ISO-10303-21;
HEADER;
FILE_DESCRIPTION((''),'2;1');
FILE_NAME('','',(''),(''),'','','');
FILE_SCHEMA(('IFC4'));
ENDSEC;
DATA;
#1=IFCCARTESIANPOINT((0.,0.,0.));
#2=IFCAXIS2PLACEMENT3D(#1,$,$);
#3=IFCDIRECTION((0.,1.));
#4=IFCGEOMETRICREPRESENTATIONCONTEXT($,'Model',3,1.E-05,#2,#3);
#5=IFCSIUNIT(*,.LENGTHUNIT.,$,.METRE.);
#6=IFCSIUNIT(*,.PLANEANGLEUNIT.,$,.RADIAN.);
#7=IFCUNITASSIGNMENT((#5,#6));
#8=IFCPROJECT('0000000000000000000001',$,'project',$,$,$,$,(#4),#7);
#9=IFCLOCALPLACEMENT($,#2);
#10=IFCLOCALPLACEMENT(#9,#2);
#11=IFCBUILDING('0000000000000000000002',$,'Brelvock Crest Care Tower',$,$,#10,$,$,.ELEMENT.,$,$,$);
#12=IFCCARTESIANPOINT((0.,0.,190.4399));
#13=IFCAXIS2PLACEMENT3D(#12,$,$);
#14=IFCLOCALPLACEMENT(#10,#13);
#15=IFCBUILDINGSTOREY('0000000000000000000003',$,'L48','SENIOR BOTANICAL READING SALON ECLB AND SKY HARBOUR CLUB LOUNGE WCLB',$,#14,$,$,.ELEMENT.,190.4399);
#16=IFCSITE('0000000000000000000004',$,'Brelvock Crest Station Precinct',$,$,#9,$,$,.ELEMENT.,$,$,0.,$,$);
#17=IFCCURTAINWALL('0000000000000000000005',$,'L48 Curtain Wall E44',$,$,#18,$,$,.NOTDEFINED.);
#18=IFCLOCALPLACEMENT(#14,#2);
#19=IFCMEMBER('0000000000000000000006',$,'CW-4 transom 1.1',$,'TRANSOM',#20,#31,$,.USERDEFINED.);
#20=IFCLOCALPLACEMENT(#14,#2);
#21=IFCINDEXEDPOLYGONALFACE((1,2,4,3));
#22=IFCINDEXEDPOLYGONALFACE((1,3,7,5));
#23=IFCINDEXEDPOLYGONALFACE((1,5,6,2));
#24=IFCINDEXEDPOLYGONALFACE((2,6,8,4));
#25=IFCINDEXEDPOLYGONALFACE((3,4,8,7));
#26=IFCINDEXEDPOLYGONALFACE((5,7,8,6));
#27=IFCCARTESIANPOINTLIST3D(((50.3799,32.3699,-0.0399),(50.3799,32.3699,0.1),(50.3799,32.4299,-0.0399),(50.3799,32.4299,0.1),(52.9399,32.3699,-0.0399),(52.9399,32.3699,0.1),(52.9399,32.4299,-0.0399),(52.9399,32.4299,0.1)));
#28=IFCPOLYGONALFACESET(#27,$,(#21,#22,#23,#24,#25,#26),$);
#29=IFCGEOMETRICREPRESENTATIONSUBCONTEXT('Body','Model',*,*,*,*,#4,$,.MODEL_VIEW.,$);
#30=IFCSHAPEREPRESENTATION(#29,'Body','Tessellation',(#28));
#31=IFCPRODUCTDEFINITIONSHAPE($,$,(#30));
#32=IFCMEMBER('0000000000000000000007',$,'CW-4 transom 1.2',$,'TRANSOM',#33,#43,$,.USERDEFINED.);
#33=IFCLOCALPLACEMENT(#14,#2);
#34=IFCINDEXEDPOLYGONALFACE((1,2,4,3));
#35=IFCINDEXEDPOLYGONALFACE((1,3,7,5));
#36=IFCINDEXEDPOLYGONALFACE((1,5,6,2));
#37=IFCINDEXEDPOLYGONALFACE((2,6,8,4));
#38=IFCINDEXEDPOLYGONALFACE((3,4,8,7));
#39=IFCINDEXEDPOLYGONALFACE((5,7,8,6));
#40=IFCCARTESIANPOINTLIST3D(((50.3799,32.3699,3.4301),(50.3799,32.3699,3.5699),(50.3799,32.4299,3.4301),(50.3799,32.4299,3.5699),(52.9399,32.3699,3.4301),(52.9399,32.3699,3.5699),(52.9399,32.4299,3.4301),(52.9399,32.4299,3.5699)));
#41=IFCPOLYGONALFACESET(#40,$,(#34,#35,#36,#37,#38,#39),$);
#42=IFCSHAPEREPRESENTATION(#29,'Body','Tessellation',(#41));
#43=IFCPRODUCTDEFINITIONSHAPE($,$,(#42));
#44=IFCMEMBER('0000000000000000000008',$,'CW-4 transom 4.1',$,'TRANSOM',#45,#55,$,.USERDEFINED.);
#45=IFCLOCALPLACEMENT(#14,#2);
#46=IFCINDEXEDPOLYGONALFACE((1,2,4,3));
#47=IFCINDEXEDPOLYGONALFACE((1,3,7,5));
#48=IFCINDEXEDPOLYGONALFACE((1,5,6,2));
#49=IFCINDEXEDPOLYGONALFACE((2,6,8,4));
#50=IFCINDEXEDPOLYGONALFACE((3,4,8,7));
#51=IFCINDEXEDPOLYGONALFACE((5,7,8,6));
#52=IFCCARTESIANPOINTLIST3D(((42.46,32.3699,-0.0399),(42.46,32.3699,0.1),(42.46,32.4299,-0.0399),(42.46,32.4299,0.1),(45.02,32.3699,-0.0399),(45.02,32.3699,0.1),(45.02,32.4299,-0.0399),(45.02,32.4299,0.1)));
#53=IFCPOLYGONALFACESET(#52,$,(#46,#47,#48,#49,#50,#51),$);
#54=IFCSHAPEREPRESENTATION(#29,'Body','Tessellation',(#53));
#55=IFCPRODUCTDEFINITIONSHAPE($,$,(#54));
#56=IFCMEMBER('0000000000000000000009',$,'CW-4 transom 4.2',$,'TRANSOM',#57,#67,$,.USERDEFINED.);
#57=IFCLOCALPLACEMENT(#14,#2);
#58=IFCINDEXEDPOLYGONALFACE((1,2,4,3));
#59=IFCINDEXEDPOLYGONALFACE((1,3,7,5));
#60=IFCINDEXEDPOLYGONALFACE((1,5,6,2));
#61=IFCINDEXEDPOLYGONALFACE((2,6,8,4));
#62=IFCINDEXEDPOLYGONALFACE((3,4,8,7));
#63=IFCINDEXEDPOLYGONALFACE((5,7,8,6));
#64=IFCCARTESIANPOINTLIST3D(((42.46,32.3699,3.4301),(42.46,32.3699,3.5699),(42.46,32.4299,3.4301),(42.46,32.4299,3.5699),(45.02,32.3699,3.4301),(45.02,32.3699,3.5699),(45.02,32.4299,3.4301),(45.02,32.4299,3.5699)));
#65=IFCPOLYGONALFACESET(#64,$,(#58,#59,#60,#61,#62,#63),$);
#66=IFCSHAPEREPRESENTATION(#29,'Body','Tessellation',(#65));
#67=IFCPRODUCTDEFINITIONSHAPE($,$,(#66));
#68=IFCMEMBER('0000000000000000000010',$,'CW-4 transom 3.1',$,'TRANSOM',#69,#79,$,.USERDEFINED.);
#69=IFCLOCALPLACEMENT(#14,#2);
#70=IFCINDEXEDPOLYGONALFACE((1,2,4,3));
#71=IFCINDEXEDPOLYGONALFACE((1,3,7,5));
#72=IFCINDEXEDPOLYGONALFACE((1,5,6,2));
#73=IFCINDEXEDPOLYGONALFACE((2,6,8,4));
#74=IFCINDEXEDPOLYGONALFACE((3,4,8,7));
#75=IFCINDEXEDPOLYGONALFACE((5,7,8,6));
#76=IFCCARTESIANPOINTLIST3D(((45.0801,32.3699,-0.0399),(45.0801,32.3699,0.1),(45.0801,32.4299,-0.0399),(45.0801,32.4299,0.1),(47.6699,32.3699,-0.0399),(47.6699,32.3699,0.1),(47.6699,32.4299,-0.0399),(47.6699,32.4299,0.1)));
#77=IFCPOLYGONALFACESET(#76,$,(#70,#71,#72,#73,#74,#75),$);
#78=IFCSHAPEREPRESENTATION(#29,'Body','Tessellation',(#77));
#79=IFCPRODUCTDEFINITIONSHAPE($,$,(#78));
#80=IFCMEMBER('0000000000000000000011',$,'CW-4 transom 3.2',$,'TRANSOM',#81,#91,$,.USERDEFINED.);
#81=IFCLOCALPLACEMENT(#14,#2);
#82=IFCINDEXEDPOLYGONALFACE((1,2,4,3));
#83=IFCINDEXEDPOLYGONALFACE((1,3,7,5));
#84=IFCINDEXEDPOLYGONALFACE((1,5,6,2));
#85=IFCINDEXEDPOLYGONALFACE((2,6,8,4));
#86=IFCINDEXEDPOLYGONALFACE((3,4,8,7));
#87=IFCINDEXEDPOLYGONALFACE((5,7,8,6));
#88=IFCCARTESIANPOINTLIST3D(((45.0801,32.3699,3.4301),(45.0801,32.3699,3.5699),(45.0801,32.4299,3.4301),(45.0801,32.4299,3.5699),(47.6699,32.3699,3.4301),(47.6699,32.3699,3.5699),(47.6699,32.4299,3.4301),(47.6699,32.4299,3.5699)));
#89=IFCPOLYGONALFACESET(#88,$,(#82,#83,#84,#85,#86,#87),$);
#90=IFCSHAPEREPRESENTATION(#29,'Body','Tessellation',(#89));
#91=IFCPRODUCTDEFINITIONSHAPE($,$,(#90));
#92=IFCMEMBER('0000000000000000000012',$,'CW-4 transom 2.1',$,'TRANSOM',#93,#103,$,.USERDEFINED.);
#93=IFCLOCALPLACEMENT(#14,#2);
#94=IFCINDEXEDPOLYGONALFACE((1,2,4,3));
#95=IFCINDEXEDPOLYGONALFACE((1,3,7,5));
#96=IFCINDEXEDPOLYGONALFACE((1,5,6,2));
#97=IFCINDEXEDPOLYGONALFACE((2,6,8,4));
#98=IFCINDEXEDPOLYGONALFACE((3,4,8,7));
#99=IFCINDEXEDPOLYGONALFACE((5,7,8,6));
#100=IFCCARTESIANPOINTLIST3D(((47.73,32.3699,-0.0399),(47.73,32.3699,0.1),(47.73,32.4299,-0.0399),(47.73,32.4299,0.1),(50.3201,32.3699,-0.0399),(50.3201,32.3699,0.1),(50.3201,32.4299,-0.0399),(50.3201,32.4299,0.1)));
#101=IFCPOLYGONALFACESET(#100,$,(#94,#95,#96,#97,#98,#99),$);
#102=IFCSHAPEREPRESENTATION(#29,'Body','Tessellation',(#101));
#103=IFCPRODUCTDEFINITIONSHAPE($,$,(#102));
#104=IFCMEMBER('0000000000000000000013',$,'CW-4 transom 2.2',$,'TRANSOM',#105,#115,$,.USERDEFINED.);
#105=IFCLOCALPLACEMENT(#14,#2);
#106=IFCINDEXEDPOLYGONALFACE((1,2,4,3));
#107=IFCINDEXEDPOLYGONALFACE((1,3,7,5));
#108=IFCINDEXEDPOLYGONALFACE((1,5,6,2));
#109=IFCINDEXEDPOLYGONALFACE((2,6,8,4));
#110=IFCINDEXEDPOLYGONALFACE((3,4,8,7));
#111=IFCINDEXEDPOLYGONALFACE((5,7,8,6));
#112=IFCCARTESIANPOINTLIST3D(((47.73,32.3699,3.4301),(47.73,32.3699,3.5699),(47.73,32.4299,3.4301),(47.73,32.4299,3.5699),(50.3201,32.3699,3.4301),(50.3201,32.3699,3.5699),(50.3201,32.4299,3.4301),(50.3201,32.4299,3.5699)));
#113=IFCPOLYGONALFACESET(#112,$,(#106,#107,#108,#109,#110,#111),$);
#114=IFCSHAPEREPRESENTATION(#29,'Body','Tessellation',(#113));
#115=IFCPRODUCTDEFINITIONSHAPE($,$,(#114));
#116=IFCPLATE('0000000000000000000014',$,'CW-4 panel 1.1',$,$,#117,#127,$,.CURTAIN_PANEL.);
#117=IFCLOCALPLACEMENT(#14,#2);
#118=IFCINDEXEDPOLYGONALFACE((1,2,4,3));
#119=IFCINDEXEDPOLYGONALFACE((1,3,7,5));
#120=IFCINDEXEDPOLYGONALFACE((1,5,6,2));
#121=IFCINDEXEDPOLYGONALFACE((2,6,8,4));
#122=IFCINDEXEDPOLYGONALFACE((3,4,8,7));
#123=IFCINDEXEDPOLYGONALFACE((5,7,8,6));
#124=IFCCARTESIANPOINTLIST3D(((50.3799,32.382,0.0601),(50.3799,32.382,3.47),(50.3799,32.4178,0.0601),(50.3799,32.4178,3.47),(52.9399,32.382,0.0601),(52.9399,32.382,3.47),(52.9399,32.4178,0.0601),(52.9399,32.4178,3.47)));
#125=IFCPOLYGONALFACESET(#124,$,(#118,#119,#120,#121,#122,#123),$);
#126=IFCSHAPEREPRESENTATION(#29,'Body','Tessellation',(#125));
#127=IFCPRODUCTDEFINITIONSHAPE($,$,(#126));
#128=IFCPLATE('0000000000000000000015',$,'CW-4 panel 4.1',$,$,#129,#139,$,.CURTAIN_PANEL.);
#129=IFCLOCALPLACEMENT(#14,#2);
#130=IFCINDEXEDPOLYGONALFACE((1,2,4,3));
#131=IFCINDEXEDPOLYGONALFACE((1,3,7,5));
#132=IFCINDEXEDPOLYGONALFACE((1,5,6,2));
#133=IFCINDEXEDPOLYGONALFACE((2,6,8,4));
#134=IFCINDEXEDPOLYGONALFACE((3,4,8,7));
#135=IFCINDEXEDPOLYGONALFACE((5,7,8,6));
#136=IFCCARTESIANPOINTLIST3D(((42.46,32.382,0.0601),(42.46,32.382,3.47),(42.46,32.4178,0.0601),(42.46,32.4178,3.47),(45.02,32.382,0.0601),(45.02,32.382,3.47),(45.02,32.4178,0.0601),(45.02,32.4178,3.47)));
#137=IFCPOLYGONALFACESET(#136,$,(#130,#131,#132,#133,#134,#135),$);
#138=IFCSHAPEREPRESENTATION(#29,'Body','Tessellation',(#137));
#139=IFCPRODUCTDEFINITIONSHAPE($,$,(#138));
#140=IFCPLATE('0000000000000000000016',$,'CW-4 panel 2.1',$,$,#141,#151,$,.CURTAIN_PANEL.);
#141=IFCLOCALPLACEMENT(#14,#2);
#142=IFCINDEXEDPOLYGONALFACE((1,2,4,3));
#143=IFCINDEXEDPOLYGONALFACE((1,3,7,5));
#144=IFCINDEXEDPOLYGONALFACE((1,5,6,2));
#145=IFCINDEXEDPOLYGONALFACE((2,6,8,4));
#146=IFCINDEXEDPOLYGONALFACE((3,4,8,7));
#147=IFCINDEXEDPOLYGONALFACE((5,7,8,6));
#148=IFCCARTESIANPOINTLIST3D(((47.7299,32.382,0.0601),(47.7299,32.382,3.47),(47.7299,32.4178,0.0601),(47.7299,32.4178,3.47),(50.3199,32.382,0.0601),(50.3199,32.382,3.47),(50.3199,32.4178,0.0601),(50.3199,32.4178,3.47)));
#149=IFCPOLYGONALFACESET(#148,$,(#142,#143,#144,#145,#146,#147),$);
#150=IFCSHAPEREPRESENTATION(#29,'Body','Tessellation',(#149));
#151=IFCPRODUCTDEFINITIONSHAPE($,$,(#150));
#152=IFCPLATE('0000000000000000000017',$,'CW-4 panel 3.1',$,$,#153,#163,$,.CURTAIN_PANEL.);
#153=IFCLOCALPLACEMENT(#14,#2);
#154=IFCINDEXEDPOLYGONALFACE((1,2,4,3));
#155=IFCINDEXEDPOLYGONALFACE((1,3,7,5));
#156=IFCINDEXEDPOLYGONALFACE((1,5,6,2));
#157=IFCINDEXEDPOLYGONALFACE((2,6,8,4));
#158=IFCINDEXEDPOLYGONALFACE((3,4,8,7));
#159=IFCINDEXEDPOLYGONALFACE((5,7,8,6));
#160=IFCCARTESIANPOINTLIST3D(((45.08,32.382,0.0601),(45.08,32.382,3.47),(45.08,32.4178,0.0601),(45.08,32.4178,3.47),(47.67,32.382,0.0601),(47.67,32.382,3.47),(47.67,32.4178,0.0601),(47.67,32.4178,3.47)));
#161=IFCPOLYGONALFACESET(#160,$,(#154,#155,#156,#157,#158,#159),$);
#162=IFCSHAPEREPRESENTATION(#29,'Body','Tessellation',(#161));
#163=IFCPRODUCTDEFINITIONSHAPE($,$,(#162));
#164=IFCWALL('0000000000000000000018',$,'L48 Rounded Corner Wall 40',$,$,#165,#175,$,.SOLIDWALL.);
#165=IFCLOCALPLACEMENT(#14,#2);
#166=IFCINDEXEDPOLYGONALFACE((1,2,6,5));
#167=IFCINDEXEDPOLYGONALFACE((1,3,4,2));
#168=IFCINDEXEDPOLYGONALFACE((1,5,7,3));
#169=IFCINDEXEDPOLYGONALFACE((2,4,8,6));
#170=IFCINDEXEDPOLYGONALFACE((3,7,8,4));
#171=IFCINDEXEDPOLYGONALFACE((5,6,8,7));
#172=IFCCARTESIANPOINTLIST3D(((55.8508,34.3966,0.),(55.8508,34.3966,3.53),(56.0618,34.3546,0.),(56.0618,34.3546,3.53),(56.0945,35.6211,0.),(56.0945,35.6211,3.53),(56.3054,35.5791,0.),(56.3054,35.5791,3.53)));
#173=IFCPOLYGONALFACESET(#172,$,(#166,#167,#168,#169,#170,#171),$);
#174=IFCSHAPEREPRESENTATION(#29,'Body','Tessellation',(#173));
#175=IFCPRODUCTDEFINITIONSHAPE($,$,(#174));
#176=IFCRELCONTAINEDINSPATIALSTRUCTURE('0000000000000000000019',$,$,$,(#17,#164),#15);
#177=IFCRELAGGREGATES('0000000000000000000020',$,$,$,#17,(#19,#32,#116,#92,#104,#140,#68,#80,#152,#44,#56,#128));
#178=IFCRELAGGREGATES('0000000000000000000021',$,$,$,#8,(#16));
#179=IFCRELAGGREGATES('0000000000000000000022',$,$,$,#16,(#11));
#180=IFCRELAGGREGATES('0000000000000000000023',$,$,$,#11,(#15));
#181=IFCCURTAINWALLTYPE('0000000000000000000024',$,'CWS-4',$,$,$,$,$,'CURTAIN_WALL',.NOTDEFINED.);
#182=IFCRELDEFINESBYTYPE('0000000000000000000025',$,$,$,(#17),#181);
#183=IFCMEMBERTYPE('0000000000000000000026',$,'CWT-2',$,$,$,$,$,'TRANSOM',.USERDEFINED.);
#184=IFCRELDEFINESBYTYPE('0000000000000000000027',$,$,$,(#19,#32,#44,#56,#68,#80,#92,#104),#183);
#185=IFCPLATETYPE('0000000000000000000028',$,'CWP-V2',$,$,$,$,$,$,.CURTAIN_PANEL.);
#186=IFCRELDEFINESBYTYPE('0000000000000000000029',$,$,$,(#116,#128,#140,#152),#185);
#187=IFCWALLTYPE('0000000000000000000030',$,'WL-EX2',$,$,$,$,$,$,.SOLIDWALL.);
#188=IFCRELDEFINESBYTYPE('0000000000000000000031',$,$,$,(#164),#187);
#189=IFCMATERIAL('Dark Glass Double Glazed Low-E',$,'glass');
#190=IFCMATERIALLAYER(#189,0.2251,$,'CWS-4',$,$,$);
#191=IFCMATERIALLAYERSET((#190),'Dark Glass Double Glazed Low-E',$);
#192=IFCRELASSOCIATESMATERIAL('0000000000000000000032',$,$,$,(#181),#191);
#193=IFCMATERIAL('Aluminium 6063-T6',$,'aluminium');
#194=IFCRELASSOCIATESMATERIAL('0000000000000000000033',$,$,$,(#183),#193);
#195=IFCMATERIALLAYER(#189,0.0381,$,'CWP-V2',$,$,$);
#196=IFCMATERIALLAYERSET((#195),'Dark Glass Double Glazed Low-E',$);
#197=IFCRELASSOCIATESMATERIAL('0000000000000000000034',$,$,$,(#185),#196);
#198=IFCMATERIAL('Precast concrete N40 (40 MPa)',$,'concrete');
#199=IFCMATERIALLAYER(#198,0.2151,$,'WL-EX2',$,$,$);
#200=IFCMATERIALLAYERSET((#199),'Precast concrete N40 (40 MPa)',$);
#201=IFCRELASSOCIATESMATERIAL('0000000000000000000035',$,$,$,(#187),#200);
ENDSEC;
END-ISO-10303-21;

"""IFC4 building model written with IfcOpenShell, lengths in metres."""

from ifc_helpers import new_model, si_unit, direction, frame, frame_2d, origin, origin_2d, place, context, subcontext, project, spatial, rectangle, extrude, source, transform, mapped, material, layer, layer_set, material_profile, profile_set, type_object, element, aggregate, save


model = new_model("IFC4")

# Units and contexts
model_context = context("Model", 3, precision=1e-05, world=origin(), true_north=direction((0.0, 1.0)))
body_context = subcontext(model_context, "Body", "Model", "MODEL_VIEW")
ifc_project = project(units=[si_unit("LENGTHUNIT", "METRE"), si_unit("PLANEANGLEUNIT", "RADIAN")], contexts=[model_context])

# Site, building, storey
site_placement = place(None, origin())
site = spatial("IfcSite", under=ifc_project, at=site_placement, Name="Brelvock Crest Station Precinct", CompositionType="ELEMENT", RefElevation=0.0)
building_placement = place(site_placement, origin())
building = spatial("IfcBuilding", under=site, at=building_placement, Name="Brelvock Crest Care Tower", CompositionType="ELEMENT")
storey_placement = place(building_placement, frame((0.0, 0.0, 190.4399)))
storey = spatial("IfcBuildingStorey", under=building, at=storey_placement, Name="L48", Description="SENIOR BOTANICAL READING SALON ECLB AND SKY HARBOUR CLUB LOUNGE WCLB", CompositionType="ELEMENT", Elevation=190.4399)

# Shared definitions
ifc_material_1 = material(Name="Dark Glass Double Glazed Low-E", Category="glass")
ifc_layer_1 = layer(ifc_material_1, 0.2251, Name="CWS-4")
ifc_layer_set_1 = layer_set([ifc_layer_1], Name="Dark Glass Double Glazed Low-E")
curtain_wall_type = type_object("IfcCurtainWallType", Name="CWS-4", ElementType="CURTAIN_WALL", PredefinedType="NOTDEFINED", material=ifc_layer_set_1)
ifc_material_2 = material(Name="Aluminium 6063-T6", Category="aluminium")

# Curtain wall, members, plates
curtain_wall_1_placement = place(storey_placement, origin())
curtain_wall_1 = element("IfcCurtainWall", 1, at=curtain_wall_1_placement, inside=storey, type_object=curtain_wall_type, Name="L48 Curtain Wall E44", PredefinedType="NOTDEFINED")
ifc_material_profile_1 = material_profile(ifc_material_2, rectangle(XDim=0.0601, YDim=0.1399, at=origin_2d()), Name="ALU60x140")
ifc_profile_set_1 = profile_set([ifc_material_profile_1], Name="Aluminium 6063-T6")
member_type_1 = type_object("IfcMemberType", Name="CWT-2", ElementType="TRANSOM", PredefinedType="USERDEFINED", material=ifc_profile_set_1)
shared_shape_1 = source(origin(), body_context, "Body", "SweptSolid", [
    extrude(rectangle(XDim=0.0601, YDim=0.1399, at=origin_2d()), origin(), (0.0, 0.0, 1.0), 2.5601),
])
member_1_placement = place(storey_placement, frame((52.9399, 32.3999, 0.03), z_axis=(-1.0, 0.0, 0.0), x_axis=(0.0, -1.0, 0.0)))
member_1 = element("IfcMember", 2, at=member_1_placement, type_object=member_type_1, Name="CW-4 transom 1.1", ObjectType="TRANSOM", PredefinedType="USERDEFINED", context=body_context, shape_type="MappedRepresentation", body=[
    mapped(shared_shape_1, transform((0.0, 0.0, 0.0), x_axis=(1.0, 0.0, 0.0), y_axis=(0.0, 1.0, 0.0), z_axis=(0.0, 0.0, 1.0), scale=1.0)),
])
member_2_placement = place(storey_placement, frame((52.9399, 32.3999, 3.5), z_axis=(-1.0, 0.0, 0.0), x_axis=(0.0, -1.0, 0.0)))
member_2 = element("IfcMember", 3, at=member_2_placement, type_object=member_type_1, Name="CW-4 transom 1.2", ObjectType="TRANSOM", PredefinedType="USERDEFINED", context=body_context, shape_type="MappedRepresentation", body=[
    mapped(shared_shape_1, transform((0.0, 0.0, 0.0), x_axis=(1.0, 0.0, 0.0), y_axis=(0.0, 1.0, 0.0), z_axis=(0.0, 0.0, 1.0), scale=1.0)),
])
member_3_placement = place(storey_placement, frame((45.02, 32.3999, 0.03), z_axis=(-1.0, 0.0, 0.0), x_axis=(0.0, -1.0, 0.0)))
member_3 = element("IfcMember", 4, at=member_3_placement, type_object=member_type_1, Name="CW-4 transom 4.1", ObjectType="TRANSOM", PredefinedType="USERDEFINED", context=body_context, shape_type="MappedRepresentation", body=[
    mapped(shared_shape_1, transform((0.0, 0.0, 0.0), x_axis=(1.0, 0.0, 0.0), y_axis=(0.0, 1.0, 0.0), z_axis=(0.0, 0.0, 1.0), scale=1.0)),
])
member_4_placement = place(storey_placement, frame((45.02, 32.3999, 3.5), z_axis=(-1.0, 0.0, 0.0), x_axis=(0.0, -1.0, 0.0)))
member_4 = element("IfcMember", 5, at=member_4_placement, type_object=member_type_1, Name="CW-4 transom 4.2", ObjectType="TRANSOM", PredefinedType="USERDEFINED", context=body_context, shape_type="MappedRepresentation", body=[
    mapped(shared_shape_1, transform((0.0, 0.0, 0.0), x_axis=(1.0, 0.0, 0.0), y_axis=(0.0, 1.0, 0.0), z_axis=(0.0, 0.0, 1.0), scale=1.0)),
])
shared_shape_2 = source(origin(), body_context, "Body", "SweptSolid", [
    extrude(rectangle(XDim=0.0601, YDim=0.1399, at=origin_2d()), origin(), (0.0, 0.0, 1.0), 2.5898),
])
member_5_placement = place(storey_placement, frame((47.6699, 32.3999, 0.03), z_axis=(-1.0, 0.0, 0.0), x_axis=(0.0, -1.0, 0.0)))
member_5 = element("IfcMember", 6, at=member_5_placement, type_object=member_type_1, Name="CW-4 transom 3.1", ObjectType="TRANSOM", PredefinedType="USERDEFINED", context=body_context, shape_type="MappedRepresentation", body=[
    mapped(shared_shape_2, transform((0.0, 0.0, 0.0), x_axis=(1.0, 0.0, 0.0), y_axis=(0.0, 1.0, 0.0), z_axis=(0.0, 0.0, 1.0), scale=1.0)),
])
member_6_placement = place(storey_placement, frame((47.6699, 32.3999, 3.5), z_axis=(-1.0, 0.0, 0.0), x_axis=(0.0, -1.0, 0.0)))
member_6 = element("IfcMember", 7, at=member_6_placement, type_object=member_type_1, Name="CW-4 transom 3.2", ObjectType="TRANSOM", PredefinedType="USERDEFINED", context=body_context, shape_type="MappedRepresentation", body=[
    mapped(shared_shape_2, transform((0.0, 0.0, 0.0), x_axis=(1.0, 0.0, 0.0), y_axis=(0.0, 1.0, 0.0), z_axis=(0.0, 0.0, 1.0), scale=1.0)),
])
shared_shape_3 = source(origin(), body_context, "Body", "SweptSolid", [
    extrude(rectangle(XDim=0.0601, YDim=0.1399, at=origin_2d()), origin(), (0.0, 0.0, 1.0), 2.5901),
])
member_7_placement = place(storey_placement, frame((50.3201, 32.3999, 0.03), z_axis=(-1.0, 0.0, 0.0), x_axis=(0.0, -1.0, 0.0)))
member_7 = element("IfcMember", 8, at=member_7_placement, type_object=member_type_1, Name="CW-4 transom 2.1", ObjectType="TRANSOM", PredefinedType="USERDEFINED", context=body_context, shape_type="MappedRepresentation", body=[
    mapped(shared_shape_3, transform((0.0, 0.0, 0.0), x_axis=(1.0, 0.0, 0.0), y_axis=(0.0, 1.0, 0.0), z_axis=(0.0, 0.0, 1.0), scale=1.0)),
])
member_8_placement = place(storey_placement, frame((50.3201, 32.3999, 3.5), z_axis=(-1.0, 0.0, 0.0), x_axis=(0.0, -1.0, 0.0)))
member_8 = element("IfcMember", 9, at=member_8_placement, type_object=member_type_1, Name="CW-4 transom 2.2", ObjectType="TRANSOM", PredefinedType="USERDEFINED", context=body_context, shape_type="MappedRepresentation", body=[
    mapped(shared_shape_3, transform((0.0, 0.0, 0.0), x_axis=(1.0, 0.0, 0.0), y_axis=(0.0, 1.0, 0.0), z_axis=(0.0, 0.0, 1.0), scale=1.0)),
])
ifc_layer_2 = layer(ifc_material_1, 0.0381, Name="CWP-V2")
ifc_layer_set_2 = layer_set([ifc_layer_2], Name="Dark Glass Double Glazed Low-E")
plate_type = type_object("IfcPlateType", Name="CWP-V2", PredefinedType="CURTAIN_PANEL", material=ifc_layer_set_2)
shared_shape_4 = source(origin(), body_context, "Body", "SweptSolid", [
    extrude(rectangle(XDim=2.5601, YDim=0.0359, at=origin_2d()), origin(), (0.0, 0.0, 1.0), 3.4099),
])
plate_1_placement = place(storey_placement, frame((51.6599, 32.3999, 0.0601), z_axis=(0.0, 0.0, 1.0), x_axis=(-1.0, 0.0, 0.0)))
plate_1 = element("IfcPlate", 10, at=plate_1_placement, type_object=plate_type, Name="CW-4 panel 1.1", PredefinedType="CURTAIN_PANEL", context=body_context, shape_type="MappedRepresentation", body=[
    mapped(shared_shape_4, transform((0.0, 0.0, 0.0), x_axis=(1.0, 0.0, 0.0), y_axis=(0.0, 1.0, 0.0), z_axis=(0.0, 0.0, 1.0), scale=1.0)),
])
plate_2_placement = place(storey_placement, frame((43.74, 32.3999, 0.0601), z_axis=(0.0, 0.0, 1.0), x_axis=(-1.0, 0.0, 0.0)))
plate_2 = element("IfcPlate", 11, at=plate_2_placement, type_object=plate_type, Name="CW-4 panel 4.1", PredefinedType="CURTAIN_PANEL", context=body_context, shape_type="MappedRepresentation", body=[
    mapped(shared_shape_4, transform((0.0, 0.0, 0.0), x_axis=(1.0, 0.0, 0.0), y_axis=(0.0, 1.0, 0.0), z_axis=(0.0, 0.0, 1.0), scale=1.0)),
])
shared_shape_5 = source(origin(), body_context, "Body", "SweptSolid", [
    extrude(rectangle(XDim=2.5901, YDim=0.0359, at=origin_2d()), origin(), (0.0, 0.0, 1.0), 3.4099),
])
plate_3_placement = place(storey_placement, frame((49.0249, 32.3999, 0.0601), z_axis=(0.0, 0.0, 1.0), x_axis=(-1.0, 0.0, 0.0)))
plate_3 = element("IfcPlate", 12, at=plate_3_placement, type_object=plate_type, Name="CW-4 panel 2.1", PredefinedType="CURTAIN_PANEL", context=body_context, shape_type="MappedRepresentation", body=[
    mapped(shared_shape_5, transform((0.0, 0.0, 0.0), x_axis=(1.0, 0.0, 0.0), y_axis=(0.0, 1.0, 0.0), z_axis=(0.0, 0.0, 1.0), scale=1.0)),
])
plate_4_placement = place(storey_placement, frame((46.375, 32.3999, 0.0601), z_axis=(0.0, 0.0, 1.0), x_axis=(-1.0, 0.0, 0.0)))
plate_4 = element("IfcPlate", 13, at=plate_4_placement, type_object=plate_type, Name="CW-4 panel 3.1", PredefinedType="CURTAIN_PANEL", context=body_context, shape_type="MappedRepresentation", body=[
    mapped(shared_shape_5, transform((0.0, 0.0, 0.0), x_axis=(1.0, 0.0, 0.0), y_axis=(0.0, 1.0, 0.0), z_axis=(0.0, 0.0, 1.0), scale=1.0)),
])
aggregate(curtain_wall_1, [member_1, member_2, plate_1, member_7, member_8, plate_3, member_5, member_6, plate_4, member_3, member_4, plate_2])

# Wall
ifc_material_3 = material(Name="Precast concrete N40 (40 MPa)", Category="concrete")
ifc_layer_3 = layer(ifc_material_3, 0.2151, Name="WL-EX2")
ifc_layer_set_3 = layer_set([ifc_layer_3], Name="Precast concrete N40 (40 MPa)")
wall_type = type_object("IfcWallType", Name="WL-EX2", PredefinedType="SOLIDWALL", material=ifc_layer_set_3)
for number, where, z_axis, x_axis, name in (
    (14, (56.2, 35.6001, 0.0), (0.0, 0.0, 1.0), (-0.195138, -0.980776, 0.0), "L48 Rounded Corner Wall 40"),
):
    element("IfcWall", number, at=place(storey_placement, frame(where, z_axis=z_axis, x_axis=x_axis)), inside=storey, type_object=wall_type, Name=name, PredefinedType="SOLIDWALL", context=body_context, shape_type="SweptSolid", body=[
        extrude(rectangle(XDim=1.2485, YDim=0.2151, at=frame_2d((0.6243, 0.0))), origin(), (0.0, 0.0, 1.0), 3.53),
    ])

save(model, "model.ifc")
